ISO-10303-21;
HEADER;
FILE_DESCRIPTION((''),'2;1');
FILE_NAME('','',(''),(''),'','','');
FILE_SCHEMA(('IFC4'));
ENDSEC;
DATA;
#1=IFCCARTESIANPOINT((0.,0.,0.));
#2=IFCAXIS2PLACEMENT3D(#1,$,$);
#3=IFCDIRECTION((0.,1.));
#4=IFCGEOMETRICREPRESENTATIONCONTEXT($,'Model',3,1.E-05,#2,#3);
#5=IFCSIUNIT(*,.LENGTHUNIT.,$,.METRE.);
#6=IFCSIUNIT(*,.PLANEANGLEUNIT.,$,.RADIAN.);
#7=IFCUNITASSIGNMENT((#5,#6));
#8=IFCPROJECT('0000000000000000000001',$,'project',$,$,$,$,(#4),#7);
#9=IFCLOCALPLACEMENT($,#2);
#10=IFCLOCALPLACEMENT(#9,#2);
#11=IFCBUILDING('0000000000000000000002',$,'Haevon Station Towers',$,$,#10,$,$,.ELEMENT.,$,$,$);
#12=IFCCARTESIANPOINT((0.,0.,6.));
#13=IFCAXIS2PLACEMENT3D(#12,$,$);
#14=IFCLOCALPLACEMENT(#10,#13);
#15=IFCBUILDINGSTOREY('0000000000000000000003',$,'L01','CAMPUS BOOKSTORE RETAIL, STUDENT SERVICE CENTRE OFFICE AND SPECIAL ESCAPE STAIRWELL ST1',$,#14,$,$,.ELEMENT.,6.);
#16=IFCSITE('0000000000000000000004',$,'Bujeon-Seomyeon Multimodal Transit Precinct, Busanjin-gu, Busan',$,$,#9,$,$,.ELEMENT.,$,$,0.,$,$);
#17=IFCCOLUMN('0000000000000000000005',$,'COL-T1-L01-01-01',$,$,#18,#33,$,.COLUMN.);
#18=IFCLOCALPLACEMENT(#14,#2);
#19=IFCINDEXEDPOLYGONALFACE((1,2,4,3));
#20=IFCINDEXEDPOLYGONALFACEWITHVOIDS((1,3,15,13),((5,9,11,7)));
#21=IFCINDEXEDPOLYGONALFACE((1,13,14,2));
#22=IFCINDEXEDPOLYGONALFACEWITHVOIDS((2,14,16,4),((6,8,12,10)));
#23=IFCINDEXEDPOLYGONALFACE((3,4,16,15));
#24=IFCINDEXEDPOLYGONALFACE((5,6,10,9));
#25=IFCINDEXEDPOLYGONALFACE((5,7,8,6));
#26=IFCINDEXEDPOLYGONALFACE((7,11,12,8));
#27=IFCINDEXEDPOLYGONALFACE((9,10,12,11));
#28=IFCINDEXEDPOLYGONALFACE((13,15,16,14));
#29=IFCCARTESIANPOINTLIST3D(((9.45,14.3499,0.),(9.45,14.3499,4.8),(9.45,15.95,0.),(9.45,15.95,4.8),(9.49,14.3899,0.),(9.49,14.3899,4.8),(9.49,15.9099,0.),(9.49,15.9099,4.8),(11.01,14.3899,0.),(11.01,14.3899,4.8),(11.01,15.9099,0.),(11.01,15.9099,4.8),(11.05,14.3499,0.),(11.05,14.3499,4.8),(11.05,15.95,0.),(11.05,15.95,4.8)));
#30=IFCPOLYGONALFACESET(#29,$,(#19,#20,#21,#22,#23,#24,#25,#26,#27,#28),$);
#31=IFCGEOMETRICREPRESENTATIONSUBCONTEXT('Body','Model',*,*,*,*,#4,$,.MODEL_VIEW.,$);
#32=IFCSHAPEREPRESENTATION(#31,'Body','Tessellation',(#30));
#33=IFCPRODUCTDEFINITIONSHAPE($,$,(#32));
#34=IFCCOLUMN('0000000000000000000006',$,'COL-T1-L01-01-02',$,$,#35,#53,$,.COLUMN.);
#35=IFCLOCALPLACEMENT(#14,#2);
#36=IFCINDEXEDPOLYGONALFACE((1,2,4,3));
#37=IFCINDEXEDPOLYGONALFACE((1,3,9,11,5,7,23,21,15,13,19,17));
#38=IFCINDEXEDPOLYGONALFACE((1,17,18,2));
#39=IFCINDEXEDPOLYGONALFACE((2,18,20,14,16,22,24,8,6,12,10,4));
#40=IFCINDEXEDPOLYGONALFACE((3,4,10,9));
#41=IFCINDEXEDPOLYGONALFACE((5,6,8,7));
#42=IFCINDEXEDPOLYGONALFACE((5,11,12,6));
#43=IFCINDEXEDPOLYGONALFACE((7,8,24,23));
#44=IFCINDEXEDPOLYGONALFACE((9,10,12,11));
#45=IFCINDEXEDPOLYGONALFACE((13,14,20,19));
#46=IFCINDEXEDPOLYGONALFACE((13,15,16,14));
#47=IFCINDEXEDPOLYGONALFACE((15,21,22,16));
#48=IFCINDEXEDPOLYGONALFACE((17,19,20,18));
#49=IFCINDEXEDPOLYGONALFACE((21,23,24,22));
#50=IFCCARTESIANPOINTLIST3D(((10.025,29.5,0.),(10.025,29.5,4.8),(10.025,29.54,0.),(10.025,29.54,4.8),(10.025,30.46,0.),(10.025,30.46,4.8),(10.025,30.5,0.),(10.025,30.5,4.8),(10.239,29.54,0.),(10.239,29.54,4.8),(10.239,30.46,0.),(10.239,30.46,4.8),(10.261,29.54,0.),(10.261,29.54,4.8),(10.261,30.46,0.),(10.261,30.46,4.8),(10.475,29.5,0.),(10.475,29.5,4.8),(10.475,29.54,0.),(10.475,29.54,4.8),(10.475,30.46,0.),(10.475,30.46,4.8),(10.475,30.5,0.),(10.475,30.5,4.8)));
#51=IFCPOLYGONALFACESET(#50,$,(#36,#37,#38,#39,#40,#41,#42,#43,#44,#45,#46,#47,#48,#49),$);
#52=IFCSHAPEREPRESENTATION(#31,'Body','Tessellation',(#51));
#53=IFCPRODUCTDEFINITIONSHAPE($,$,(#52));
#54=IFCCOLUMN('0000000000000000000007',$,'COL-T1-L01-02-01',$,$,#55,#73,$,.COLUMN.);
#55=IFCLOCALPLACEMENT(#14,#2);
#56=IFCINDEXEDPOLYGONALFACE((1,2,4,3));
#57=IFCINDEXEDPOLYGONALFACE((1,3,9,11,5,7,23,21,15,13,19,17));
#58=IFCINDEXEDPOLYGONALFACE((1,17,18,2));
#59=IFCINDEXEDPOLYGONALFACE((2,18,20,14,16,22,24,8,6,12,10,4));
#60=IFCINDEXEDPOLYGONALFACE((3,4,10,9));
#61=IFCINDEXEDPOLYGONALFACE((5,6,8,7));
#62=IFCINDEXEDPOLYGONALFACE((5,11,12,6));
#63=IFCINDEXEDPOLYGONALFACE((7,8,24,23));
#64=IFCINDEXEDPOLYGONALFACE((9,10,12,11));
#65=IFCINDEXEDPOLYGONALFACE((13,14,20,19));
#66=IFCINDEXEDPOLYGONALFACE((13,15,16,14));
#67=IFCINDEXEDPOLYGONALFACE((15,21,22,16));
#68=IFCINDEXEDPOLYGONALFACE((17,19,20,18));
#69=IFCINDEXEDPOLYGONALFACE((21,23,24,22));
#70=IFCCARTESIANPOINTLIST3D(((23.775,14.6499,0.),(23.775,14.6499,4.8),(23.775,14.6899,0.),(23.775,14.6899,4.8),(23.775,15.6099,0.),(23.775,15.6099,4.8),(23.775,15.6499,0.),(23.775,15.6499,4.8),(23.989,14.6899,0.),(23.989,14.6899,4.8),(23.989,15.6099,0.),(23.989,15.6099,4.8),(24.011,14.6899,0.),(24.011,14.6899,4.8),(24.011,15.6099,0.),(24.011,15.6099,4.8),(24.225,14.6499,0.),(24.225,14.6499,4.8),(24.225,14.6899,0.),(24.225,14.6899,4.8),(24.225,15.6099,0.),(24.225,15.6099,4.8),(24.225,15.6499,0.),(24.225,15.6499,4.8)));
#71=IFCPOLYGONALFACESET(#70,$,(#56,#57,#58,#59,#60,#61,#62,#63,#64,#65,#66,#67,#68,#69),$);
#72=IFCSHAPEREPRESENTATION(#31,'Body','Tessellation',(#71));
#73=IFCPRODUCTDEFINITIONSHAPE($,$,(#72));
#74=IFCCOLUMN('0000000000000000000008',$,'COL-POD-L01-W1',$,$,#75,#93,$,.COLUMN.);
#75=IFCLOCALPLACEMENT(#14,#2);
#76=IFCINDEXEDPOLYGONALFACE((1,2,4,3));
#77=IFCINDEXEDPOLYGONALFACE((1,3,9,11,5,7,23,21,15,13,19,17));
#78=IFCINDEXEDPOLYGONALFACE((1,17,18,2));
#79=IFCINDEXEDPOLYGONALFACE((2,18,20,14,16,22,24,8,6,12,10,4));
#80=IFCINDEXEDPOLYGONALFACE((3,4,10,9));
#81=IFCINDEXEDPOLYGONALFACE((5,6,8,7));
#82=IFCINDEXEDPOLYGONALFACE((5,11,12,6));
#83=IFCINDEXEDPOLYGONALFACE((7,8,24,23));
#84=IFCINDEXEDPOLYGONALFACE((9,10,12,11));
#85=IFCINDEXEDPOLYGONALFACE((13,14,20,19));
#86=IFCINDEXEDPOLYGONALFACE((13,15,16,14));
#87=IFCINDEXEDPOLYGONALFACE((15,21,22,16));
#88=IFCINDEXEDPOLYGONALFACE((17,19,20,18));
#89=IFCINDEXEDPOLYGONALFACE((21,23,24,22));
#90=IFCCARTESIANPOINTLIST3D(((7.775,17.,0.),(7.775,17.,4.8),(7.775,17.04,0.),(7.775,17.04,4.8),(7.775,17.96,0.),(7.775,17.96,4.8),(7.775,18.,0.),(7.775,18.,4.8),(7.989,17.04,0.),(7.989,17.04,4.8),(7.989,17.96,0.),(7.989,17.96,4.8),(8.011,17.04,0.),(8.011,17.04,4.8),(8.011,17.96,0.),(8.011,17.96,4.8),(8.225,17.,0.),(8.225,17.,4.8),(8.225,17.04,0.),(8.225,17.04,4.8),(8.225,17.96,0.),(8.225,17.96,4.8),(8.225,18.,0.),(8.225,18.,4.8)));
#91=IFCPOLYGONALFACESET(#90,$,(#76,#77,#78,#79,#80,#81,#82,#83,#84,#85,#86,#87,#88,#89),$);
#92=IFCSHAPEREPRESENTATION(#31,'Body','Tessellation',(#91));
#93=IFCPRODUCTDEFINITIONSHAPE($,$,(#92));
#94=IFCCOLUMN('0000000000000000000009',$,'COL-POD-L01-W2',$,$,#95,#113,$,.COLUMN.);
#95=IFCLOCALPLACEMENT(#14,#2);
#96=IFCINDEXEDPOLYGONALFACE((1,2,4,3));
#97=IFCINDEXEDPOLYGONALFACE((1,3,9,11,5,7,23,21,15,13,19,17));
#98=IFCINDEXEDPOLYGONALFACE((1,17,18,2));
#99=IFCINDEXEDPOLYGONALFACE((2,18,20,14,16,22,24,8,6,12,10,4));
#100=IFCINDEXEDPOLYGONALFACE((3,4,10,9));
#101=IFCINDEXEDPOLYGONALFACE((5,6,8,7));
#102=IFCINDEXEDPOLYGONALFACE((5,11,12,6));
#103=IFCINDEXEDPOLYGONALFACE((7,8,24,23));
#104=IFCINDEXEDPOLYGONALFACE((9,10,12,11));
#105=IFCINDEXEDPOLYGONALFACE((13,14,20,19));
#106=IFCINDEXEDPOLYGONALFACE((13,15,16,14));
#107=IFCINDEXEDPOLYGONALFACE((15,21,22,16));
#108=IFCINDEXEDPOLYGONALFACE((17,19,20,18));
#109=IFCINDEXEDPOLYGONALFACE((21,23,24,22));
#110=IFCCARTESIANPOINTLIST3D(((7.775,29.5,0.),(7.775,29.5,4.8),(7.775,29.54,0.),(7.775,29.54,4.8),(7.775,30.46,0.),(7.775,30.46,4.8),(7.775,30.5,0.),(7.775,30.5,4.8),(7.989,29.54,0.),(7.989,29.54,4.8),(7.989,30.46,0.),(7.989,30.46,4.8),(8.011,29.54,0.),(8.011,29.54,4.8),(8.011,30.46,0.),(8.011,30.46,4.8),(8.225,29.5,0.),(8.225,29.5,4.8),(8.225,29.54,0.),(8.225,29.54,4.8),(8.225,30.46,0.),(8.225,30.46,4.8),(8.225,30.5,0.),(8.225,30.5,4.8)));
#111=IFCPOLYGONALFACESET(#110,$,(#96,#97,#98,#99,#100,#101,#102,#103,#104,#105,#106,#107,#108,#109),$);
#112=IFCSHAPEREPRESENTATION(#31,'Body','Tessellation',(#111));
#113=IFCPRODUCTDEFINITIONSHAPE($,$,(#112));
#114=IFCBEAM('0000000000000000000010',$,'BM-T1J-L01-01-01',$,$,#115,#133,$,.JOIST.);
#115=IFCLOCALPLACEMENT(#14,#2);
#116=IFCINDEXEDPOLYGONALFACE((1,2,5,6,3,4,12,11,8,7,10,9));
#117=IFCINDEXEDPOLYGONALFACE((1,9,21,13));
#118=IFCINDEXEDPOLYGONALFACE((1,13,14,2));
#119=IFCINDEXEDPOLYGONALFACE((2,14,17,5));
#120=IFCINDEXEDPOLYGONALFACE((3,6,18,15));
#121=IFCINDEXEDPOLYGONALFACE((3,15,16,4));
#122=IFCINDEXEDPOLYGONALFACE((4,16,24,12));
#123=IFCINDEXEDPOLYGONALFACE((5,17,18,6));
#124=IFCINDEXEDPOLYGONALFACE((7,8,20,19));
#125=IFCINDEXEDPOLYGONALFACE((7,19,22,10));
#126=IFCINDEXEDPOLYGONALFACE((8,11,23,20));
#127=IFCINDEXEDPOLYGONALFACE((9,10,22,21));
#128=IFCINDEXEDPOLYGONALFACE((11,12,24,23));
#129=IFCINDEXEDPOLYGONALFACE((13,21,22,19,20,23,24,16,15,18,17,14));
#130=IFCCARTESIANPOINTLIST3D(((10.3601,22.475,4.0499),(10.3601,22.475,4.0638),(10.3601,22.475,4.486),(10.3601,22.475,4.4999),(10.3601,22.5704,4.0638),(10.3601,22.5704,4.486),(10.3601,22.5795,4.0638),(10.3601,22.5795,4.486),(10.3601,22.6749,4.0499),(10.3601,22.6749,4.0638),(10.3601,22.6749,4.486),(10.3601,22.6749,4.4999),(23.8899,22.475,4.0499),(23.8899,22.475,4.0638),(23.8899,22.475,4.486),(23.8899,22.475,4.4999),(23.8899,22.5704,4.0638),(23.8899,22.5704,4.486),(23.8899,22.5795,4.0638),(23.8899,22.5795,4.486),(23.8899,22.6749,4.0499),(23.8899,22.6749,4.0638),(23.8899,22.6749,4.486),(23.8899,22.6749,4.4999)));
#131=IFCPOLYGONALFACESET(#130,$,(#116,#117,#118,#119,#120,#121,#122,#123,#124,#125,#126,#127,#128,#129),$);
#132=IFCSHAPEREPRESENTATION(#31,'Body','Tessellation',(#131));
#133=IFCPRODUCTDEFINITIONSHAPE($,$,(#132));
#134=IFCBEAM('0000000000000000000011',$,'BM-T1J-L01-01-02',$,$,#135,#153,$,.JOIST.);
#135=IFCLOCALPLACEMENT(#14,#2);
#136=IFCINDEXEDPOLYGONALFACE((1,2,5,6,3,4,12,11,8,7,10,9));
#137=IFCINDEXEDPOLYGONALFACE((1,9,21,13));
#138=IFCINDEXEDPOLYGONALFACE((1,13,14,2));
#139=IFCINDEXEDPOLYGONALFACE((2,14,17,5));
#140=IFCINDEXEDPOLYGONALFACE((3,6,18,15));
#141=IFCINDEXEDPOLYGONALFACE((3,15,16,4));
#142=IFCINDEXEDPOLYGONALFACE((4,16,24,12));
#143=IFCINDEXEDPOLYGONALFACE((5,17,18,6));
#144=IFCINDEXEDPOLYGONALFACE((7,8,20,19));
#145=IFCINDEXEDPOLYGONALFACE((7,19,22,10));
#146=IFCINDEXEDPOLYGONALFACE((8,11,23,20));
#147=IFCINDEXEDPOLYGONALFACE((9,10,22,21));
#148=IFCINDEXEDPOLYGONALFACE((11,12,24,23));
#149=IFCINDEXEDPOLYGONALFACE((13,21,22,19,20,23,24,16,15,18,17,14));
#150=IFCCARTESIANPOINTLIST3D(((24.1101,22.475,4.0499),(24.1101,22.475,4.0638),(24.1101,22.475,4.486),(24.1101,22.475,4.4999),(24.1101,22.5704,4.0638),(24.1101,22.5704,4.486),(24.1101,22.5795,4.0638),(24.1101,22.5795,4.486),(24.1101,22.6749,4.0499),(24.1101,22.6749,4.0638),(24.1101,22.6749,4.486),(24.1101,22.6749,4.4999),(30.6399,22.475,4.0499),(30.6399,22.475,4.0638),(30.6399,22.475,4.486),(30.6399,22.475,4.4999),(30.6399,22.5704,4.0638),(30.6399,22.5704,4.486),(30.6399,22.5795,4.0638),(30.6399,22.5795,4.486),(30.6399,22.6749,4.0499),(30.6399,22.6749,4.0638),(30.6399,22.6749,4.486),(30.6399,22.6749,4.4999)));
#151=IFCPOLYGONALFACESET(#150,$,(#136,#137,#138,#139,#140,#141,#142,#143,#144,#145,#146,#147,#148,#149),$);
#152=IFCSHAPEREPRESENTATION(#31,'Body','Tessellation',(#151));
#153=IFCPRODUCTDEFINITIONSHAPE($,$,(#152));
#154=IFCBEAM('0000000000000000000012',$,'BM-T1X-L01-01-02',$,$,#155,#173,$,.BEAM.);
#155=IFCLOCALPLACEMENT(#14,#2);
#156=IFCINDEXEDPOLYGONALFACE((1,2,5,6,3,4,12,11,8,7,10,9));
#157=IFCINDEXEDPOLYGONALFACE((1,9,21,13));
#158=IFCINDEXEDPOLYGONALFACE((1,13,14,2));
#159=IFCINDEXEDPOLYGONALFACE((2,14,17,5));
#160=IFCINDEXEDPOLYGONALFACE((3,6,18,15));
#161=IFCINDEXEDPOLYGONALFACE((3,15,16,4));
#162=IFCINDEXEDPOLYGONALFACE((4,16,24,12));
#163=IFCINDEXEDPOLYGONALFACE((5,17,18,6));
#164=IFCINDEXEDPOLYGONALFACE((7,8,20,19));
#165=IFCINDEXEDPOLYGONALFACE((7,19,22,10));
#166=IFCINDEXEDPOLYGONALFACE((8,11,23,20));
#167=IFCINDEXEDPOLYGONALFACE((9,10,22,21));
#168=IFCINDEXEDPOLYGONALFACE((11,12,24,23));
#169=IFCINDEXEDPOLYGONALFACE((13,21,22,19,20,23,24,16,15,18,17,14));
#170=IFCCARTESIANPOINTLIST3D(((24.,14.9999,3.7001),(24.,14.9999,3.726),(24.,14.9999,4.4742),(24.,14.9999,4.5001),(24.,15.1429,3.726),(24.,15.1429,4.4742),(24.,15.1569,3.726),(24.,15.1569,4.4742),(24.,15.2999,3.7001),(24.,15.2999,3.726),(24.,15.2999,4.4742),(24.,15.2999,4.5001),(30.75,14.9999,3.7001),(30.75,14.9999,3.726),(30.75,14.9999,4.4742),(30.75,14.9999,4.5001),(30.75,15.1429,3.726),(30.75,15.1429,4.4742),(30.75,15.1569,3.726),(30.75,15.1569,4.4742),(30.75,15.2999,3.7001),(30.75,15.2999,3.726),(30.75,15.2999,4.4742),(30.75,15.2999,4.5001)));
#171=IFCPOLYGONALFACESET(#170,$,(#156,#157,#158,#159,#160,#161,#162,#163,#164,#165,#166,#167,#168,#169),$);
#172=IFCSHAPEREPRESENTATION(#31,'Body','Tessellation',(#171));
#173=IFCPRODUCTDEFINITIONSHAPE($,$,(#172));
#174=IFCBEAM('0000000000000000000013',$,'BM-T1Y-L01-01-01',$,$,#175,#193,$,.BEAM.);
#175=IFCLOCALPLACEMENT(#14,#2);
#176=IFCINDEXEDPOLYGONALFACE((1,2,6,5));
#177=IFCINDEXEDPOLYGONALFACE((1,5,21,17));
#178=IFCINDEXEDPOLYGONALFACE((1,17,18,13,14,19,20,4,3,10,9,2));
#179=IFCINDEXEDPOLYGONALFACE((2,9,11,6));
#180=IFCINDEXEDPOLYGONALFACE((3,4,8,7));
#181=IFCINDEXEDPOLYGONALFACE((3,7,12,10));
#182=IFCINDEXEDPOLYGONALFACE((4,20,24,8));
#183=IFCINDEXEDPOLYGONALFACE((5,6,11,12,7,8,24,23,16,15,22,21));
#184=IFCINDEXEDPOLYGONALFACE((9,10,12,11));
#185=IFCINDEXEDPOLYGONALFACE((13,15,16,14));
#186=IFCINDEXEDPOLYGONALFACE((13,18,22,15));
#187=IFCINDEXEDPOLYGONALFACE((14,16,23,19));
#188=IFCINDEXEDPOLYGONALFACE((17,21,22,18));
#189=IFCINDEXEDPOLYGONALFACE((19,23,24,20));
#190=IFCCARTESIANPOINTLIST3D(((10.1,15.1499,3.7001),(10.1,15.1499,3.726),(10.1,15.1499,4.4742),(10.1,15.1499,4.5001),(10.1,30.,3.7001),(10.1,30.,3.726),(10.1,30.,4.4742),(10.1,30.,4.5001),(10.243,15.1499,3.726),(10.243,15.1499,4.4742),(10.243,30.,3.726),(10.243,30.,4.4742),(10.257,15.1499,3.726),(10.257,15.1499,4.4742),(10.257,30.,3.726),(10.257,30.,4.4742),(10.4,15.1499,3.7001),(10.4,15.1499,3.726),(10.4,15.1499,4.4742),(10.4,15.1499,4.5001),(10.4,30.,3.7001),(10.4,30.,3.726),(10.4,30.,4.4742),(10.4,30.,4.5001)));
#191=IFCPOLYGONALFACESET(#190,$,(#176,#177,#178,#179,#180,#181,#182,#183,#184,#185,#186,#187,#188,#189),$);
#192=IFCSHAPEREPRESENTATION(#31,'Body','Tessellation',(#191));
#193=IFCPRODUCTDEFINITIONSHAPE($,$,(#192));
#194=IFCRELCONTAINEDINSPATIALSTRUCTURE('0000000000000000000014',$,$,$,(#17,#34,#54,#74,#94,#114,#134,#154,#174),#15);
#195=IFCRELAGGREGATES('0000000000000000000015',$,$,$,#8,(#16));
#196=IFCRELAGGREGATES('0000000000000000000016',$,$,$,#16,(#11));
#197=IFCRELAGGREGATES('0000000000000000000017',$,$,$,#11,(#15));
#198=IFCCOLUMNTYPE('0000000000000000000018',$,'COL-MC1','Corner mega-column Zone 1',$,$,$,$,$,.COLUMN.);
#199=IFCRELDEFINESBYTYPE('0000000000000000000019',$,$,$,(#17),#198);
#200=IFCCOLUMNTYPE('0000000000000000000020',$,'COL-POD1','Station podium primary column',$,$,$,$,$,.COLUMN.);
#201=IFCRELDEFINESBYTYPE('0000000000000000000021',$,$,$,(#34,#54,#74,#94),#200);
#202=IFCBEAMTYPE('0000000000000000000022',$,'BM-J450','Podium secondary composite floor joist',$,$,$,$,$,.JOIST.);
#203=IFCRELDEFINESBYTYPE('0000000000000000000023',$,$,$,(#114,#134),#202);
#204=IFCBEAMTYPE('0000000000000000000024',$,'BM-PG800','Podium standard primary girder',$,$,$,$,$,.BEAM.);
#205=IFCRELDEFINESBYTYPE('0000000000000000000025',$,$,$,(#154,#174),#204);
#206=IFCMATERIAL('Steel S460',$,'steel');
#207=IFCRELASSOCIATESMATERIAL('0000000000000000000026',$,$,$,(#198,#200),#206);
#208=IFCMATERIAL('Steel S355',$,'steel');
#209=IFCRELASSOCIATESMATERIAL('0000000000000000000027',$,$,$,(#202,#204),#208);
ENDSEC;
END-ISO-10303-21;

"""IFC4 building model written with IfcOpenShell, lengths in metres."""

from ifc_helpers import new_model, si_unit, direction, frame, origin, origin_2d, place, context, subcontext, project, spatial, hollow_rectangle, i_section, extrude, material, material_profile, profile_set, type_object, element, save


model = new_model("IFC4")

# Units and contexts
model_context = context("Model", 3, precision=1e-05, world=origin(), true_north=direction((0.0, 1.0)))
body_context = subcontext(model_context, "Body", "Model", "MODEL_VIEW")
ifc_project = project(units=[si_unit("LENGTHUNIT", "METRE"), si_unit("PLANEANGLEUNIT", "RADIAN")], contexts=[model_context])

# Site, building, storey
site_placement = place(None, origin())
site = spatial("IfcSite", under=ifc_project, at=site_placement, Name="Bujeon-Seomyeon Multimodal Transit Precinct, Busanjin-gu, Busan", CompositionType="ELEMENT", RefElevation=0.0)
building_placement = place(site_placement, origin())
building = spatial("IfcBuilding", under=site, at=building_placement, Name="Haevon Station Towers", CompositionType="ELEMENT")
storey_placement = place(building_placement, frame((0.0, 0.0, 6.0)))
storey = spatial("IfcBuildingStorey", under=building, at=storey_placement, Name="L01", Description="CAMPUS BOOKSTORE RETAIL, STUDENT SERVICE CENTRE OFFICE AND SPECIAL ESCAPE STAIRWELL ST1", CompositionType="ELEMENT", Elevation=6.0)

# Columns
ifc_material_1 = material(Name="Steel S460", Category="steel")
ifc_material_profile_1 = material_profile(ifc_material_1, hollow_rectangle(XDim=1.6001, YDim=1.6001, WallThickness=0.04, at=origin_2d()), Name="BOX-1600x1600x40")
ifc_profile_set_1 = profile_set([ifc_material_profile_1], Name="Steel S460")
column_type_1 = type_object("IfcColumnType", Name="COL-MC1", Description="Corner mega-column Zone 1", PredefinedType="COLUMN", material=ifc_profile_set_1)
column_placement = place(storey_placement, frame((10.25, 15.1499, 0.0), z_axis=(0.0, 0.0, 1.0), x_axis=(1.0, 0.0, 0.0)))
element("IfcColumn", 1, at=column_placement, inside=storey, type_object=column_type_1, Name="COL-T1-L01-01-01", PredefinedType="COLUMN", context=body_context, shape_type="SweptSolid", body=[
    extrude(hollow_rectangle(XDim=1.6001, YDim=1.6001, WallThickness=0.04, at=origin_2d()), origin(), (0.0, 0.0, 1.0), 4.8),
])
ifc_material_profile_2 = material_profile(ifc_material_1, i_section(OverallWidth=0.45, OverallDepth=1.0, WebThickness=0.022, FlangeThickness=0.04, at=origin_2d()), Name="H-1000x450x22x40")
ifc_profile_set_2 = profile_set([ifc_material_profile_2], Name="Steel S460")
column_type_2 = type_object("IfcColumnType", Name="COL-POD1", Description="Station podium primary column", PredefinedType="COLUMN", material=ifc_profile_set_2)
for number, where, z_axis, x_axis, name in (
    (2, (10.25, 30.0, 0.0), (0.0, 0.0, 1.0), (1.0, 0.0, 0.0), "COL-T1-L01-01-02"),
    (3, (24.0, 15.1499, 0.0), (0.0, 0.0, 1.0), (1.0, 0.0, 0.0), "COL-T1-L01-02-01"),
    (4, (8.0, 17.5, 0.0), (0.0, 0.0, 1.0), (1.0, 0.0, 0.0), "COL-POD-L01-W1"),
    (5, (8.0, 30.0, 0.0), (0.0, 0.0, 1.0), (1.0, 0.0, 0.0), "COL-POD-L01-W2"),
):
    element("IfcColumn", number, at=place(storey_placement, frame(where, z_axis=z_axis, x_axis=x_axis)), inside=storey, type_object=column_type_2, Name=name, PredefinedType="COLUMN", context=body_context, shape_type="SweptSolid", body=[
        extrude(i_section(OverallWidth=0.45, OverallDepth=1.0, WebThickness=0.022, FlangeThickness=0.04, at=origin_2d()), origin(), (0.0, 0.0, 1.0), 4.8),
    ])

# Beams
ifc_material_2 = material(Name="Steel S355", Category="steel")
ifc_material_profile_3 = material_profile(ifc_material_2, i_section(OverallWidth=0.2, OverallDepth=0.45, WebThickness=0.009, FlangeThickness=0.0139, at=origin_2d()), Name="H-450x200x9x14")
ifc_profile_set_3 = profile_set([ifc_material_profile_3], Name="Steel S355")
beam_type_1 = type_object("IfcBeamType", Name="BM-J450", Description="Podium secondary composite floor joist", PredefinedType="JOIST", material=ifc_profile_set_3)
beam_1_placement = place(storey_placement, frame((10.3601, 22.575, 4.2749), z_axis=(1.0, 0.0, 0.0), x_axis=(0.0, 1.0, 0.0)))
element("IfcBeam", 6, at=beam_1_placement, inside=storey, type_object=beam_type_1, Name="BM-T1J-L01-01-01", PredefinedType="JOIST", context=body_context, shape_type="SweptSolid", body=[
    extrude(i_section(OverallWidth=0.2, OverallDepth=0.45, WebThickness=0.009, FlangeThickness=0.0139, at=origin_2d()), origin(), (0.0, 0.0, 1.0), 13.5298),
])
beam_2_placement = place(storey_placement, frame((24.1101, 22.575, 4.2749), z_axis=(1.0, 0.0, 0.0), x_axis=(0.0, 1.0, 0.0)))
element("IfcBeam", 7, at=beam_2_placement, inside=storey, type_object=beam_type_1, Name="BM-T1J-L01-01-02", PredefinedType="JOIST", context=body_context, shape_type="SweptSolid", body=[
    extrude(i_section(OverallWidth=0.2, OverallDepth=0.45, WebThickness=0.009, FlangeThickness=0.0139, at=origin_2d()), origin(), (0.0, 0.0, 1.0), 6.5298),
])
ifc_material_profile_4 = material_profile(ifc_material_2, i_section(OverallWidth=0.3, OverallDepth=0.8, WebThickness=0.0139, FlangeThickness=0.0259, at=origin_2d()), Name="H-800x300x14x26")
ifc_profile_set_4 = profile_set([ifc_material_profile_4], Name="Steel S355")
beam_type_2 = type_object("IfcBeamType", Name="BM-PG800", Description="Podium standard primary girder", PredefinedType="BEAM", material=ifc_profile_set_4)
beam_3_placement = place(storey_placement, frame((24.0, 15.1499, 4.1001), z_axis=(1.0, 0.0, 0.0), x_axis=(0.0, 1.0, 0.0)))
element("IfcBeam", 8, at=beam_3_placement, inside=storey, type_object=beam_type_2, Name="BM-T1X-L01-01-02", PredefinedType="BEAM", context=body_context, shape_type="SweptSolid", body=[
    extrude(i_section(OverallWidth=0.3, OverallDepth=0.8, WebThickness=0.0139, FlangeThickness=0.0259, at=origin_2d()), origin(), (0.0, 0.0, 1.0), 6.75),
])
for number, where, z_axis, x_axis, name in (
    (9, (10.25, 15.1499, 4.1001), (0.0, 1.0, 0.0), (-1.0, 0.0, 0.0), "BM-T1Y-L01-01-01"),
):
    element("IfcBeam", number, at=place(storey_placement, frame(where, z_axis=z_axis, x_axis=x_axis)), inside=storey, type_object=beam_type_2, Name=name, PredefinedType="BEAM", context=body_context, shape_type="SweptSolid", body=[
        extrude(i_section(OverallWidth=0.3, OverallDepth=0.8, WebThickness=0.0139, FlangeThickness=0.0259, at=origin_2d()), origin(), (0.0, 0.0, 1.0), 14.8501),
    ])

save(model, "model.ifc")
